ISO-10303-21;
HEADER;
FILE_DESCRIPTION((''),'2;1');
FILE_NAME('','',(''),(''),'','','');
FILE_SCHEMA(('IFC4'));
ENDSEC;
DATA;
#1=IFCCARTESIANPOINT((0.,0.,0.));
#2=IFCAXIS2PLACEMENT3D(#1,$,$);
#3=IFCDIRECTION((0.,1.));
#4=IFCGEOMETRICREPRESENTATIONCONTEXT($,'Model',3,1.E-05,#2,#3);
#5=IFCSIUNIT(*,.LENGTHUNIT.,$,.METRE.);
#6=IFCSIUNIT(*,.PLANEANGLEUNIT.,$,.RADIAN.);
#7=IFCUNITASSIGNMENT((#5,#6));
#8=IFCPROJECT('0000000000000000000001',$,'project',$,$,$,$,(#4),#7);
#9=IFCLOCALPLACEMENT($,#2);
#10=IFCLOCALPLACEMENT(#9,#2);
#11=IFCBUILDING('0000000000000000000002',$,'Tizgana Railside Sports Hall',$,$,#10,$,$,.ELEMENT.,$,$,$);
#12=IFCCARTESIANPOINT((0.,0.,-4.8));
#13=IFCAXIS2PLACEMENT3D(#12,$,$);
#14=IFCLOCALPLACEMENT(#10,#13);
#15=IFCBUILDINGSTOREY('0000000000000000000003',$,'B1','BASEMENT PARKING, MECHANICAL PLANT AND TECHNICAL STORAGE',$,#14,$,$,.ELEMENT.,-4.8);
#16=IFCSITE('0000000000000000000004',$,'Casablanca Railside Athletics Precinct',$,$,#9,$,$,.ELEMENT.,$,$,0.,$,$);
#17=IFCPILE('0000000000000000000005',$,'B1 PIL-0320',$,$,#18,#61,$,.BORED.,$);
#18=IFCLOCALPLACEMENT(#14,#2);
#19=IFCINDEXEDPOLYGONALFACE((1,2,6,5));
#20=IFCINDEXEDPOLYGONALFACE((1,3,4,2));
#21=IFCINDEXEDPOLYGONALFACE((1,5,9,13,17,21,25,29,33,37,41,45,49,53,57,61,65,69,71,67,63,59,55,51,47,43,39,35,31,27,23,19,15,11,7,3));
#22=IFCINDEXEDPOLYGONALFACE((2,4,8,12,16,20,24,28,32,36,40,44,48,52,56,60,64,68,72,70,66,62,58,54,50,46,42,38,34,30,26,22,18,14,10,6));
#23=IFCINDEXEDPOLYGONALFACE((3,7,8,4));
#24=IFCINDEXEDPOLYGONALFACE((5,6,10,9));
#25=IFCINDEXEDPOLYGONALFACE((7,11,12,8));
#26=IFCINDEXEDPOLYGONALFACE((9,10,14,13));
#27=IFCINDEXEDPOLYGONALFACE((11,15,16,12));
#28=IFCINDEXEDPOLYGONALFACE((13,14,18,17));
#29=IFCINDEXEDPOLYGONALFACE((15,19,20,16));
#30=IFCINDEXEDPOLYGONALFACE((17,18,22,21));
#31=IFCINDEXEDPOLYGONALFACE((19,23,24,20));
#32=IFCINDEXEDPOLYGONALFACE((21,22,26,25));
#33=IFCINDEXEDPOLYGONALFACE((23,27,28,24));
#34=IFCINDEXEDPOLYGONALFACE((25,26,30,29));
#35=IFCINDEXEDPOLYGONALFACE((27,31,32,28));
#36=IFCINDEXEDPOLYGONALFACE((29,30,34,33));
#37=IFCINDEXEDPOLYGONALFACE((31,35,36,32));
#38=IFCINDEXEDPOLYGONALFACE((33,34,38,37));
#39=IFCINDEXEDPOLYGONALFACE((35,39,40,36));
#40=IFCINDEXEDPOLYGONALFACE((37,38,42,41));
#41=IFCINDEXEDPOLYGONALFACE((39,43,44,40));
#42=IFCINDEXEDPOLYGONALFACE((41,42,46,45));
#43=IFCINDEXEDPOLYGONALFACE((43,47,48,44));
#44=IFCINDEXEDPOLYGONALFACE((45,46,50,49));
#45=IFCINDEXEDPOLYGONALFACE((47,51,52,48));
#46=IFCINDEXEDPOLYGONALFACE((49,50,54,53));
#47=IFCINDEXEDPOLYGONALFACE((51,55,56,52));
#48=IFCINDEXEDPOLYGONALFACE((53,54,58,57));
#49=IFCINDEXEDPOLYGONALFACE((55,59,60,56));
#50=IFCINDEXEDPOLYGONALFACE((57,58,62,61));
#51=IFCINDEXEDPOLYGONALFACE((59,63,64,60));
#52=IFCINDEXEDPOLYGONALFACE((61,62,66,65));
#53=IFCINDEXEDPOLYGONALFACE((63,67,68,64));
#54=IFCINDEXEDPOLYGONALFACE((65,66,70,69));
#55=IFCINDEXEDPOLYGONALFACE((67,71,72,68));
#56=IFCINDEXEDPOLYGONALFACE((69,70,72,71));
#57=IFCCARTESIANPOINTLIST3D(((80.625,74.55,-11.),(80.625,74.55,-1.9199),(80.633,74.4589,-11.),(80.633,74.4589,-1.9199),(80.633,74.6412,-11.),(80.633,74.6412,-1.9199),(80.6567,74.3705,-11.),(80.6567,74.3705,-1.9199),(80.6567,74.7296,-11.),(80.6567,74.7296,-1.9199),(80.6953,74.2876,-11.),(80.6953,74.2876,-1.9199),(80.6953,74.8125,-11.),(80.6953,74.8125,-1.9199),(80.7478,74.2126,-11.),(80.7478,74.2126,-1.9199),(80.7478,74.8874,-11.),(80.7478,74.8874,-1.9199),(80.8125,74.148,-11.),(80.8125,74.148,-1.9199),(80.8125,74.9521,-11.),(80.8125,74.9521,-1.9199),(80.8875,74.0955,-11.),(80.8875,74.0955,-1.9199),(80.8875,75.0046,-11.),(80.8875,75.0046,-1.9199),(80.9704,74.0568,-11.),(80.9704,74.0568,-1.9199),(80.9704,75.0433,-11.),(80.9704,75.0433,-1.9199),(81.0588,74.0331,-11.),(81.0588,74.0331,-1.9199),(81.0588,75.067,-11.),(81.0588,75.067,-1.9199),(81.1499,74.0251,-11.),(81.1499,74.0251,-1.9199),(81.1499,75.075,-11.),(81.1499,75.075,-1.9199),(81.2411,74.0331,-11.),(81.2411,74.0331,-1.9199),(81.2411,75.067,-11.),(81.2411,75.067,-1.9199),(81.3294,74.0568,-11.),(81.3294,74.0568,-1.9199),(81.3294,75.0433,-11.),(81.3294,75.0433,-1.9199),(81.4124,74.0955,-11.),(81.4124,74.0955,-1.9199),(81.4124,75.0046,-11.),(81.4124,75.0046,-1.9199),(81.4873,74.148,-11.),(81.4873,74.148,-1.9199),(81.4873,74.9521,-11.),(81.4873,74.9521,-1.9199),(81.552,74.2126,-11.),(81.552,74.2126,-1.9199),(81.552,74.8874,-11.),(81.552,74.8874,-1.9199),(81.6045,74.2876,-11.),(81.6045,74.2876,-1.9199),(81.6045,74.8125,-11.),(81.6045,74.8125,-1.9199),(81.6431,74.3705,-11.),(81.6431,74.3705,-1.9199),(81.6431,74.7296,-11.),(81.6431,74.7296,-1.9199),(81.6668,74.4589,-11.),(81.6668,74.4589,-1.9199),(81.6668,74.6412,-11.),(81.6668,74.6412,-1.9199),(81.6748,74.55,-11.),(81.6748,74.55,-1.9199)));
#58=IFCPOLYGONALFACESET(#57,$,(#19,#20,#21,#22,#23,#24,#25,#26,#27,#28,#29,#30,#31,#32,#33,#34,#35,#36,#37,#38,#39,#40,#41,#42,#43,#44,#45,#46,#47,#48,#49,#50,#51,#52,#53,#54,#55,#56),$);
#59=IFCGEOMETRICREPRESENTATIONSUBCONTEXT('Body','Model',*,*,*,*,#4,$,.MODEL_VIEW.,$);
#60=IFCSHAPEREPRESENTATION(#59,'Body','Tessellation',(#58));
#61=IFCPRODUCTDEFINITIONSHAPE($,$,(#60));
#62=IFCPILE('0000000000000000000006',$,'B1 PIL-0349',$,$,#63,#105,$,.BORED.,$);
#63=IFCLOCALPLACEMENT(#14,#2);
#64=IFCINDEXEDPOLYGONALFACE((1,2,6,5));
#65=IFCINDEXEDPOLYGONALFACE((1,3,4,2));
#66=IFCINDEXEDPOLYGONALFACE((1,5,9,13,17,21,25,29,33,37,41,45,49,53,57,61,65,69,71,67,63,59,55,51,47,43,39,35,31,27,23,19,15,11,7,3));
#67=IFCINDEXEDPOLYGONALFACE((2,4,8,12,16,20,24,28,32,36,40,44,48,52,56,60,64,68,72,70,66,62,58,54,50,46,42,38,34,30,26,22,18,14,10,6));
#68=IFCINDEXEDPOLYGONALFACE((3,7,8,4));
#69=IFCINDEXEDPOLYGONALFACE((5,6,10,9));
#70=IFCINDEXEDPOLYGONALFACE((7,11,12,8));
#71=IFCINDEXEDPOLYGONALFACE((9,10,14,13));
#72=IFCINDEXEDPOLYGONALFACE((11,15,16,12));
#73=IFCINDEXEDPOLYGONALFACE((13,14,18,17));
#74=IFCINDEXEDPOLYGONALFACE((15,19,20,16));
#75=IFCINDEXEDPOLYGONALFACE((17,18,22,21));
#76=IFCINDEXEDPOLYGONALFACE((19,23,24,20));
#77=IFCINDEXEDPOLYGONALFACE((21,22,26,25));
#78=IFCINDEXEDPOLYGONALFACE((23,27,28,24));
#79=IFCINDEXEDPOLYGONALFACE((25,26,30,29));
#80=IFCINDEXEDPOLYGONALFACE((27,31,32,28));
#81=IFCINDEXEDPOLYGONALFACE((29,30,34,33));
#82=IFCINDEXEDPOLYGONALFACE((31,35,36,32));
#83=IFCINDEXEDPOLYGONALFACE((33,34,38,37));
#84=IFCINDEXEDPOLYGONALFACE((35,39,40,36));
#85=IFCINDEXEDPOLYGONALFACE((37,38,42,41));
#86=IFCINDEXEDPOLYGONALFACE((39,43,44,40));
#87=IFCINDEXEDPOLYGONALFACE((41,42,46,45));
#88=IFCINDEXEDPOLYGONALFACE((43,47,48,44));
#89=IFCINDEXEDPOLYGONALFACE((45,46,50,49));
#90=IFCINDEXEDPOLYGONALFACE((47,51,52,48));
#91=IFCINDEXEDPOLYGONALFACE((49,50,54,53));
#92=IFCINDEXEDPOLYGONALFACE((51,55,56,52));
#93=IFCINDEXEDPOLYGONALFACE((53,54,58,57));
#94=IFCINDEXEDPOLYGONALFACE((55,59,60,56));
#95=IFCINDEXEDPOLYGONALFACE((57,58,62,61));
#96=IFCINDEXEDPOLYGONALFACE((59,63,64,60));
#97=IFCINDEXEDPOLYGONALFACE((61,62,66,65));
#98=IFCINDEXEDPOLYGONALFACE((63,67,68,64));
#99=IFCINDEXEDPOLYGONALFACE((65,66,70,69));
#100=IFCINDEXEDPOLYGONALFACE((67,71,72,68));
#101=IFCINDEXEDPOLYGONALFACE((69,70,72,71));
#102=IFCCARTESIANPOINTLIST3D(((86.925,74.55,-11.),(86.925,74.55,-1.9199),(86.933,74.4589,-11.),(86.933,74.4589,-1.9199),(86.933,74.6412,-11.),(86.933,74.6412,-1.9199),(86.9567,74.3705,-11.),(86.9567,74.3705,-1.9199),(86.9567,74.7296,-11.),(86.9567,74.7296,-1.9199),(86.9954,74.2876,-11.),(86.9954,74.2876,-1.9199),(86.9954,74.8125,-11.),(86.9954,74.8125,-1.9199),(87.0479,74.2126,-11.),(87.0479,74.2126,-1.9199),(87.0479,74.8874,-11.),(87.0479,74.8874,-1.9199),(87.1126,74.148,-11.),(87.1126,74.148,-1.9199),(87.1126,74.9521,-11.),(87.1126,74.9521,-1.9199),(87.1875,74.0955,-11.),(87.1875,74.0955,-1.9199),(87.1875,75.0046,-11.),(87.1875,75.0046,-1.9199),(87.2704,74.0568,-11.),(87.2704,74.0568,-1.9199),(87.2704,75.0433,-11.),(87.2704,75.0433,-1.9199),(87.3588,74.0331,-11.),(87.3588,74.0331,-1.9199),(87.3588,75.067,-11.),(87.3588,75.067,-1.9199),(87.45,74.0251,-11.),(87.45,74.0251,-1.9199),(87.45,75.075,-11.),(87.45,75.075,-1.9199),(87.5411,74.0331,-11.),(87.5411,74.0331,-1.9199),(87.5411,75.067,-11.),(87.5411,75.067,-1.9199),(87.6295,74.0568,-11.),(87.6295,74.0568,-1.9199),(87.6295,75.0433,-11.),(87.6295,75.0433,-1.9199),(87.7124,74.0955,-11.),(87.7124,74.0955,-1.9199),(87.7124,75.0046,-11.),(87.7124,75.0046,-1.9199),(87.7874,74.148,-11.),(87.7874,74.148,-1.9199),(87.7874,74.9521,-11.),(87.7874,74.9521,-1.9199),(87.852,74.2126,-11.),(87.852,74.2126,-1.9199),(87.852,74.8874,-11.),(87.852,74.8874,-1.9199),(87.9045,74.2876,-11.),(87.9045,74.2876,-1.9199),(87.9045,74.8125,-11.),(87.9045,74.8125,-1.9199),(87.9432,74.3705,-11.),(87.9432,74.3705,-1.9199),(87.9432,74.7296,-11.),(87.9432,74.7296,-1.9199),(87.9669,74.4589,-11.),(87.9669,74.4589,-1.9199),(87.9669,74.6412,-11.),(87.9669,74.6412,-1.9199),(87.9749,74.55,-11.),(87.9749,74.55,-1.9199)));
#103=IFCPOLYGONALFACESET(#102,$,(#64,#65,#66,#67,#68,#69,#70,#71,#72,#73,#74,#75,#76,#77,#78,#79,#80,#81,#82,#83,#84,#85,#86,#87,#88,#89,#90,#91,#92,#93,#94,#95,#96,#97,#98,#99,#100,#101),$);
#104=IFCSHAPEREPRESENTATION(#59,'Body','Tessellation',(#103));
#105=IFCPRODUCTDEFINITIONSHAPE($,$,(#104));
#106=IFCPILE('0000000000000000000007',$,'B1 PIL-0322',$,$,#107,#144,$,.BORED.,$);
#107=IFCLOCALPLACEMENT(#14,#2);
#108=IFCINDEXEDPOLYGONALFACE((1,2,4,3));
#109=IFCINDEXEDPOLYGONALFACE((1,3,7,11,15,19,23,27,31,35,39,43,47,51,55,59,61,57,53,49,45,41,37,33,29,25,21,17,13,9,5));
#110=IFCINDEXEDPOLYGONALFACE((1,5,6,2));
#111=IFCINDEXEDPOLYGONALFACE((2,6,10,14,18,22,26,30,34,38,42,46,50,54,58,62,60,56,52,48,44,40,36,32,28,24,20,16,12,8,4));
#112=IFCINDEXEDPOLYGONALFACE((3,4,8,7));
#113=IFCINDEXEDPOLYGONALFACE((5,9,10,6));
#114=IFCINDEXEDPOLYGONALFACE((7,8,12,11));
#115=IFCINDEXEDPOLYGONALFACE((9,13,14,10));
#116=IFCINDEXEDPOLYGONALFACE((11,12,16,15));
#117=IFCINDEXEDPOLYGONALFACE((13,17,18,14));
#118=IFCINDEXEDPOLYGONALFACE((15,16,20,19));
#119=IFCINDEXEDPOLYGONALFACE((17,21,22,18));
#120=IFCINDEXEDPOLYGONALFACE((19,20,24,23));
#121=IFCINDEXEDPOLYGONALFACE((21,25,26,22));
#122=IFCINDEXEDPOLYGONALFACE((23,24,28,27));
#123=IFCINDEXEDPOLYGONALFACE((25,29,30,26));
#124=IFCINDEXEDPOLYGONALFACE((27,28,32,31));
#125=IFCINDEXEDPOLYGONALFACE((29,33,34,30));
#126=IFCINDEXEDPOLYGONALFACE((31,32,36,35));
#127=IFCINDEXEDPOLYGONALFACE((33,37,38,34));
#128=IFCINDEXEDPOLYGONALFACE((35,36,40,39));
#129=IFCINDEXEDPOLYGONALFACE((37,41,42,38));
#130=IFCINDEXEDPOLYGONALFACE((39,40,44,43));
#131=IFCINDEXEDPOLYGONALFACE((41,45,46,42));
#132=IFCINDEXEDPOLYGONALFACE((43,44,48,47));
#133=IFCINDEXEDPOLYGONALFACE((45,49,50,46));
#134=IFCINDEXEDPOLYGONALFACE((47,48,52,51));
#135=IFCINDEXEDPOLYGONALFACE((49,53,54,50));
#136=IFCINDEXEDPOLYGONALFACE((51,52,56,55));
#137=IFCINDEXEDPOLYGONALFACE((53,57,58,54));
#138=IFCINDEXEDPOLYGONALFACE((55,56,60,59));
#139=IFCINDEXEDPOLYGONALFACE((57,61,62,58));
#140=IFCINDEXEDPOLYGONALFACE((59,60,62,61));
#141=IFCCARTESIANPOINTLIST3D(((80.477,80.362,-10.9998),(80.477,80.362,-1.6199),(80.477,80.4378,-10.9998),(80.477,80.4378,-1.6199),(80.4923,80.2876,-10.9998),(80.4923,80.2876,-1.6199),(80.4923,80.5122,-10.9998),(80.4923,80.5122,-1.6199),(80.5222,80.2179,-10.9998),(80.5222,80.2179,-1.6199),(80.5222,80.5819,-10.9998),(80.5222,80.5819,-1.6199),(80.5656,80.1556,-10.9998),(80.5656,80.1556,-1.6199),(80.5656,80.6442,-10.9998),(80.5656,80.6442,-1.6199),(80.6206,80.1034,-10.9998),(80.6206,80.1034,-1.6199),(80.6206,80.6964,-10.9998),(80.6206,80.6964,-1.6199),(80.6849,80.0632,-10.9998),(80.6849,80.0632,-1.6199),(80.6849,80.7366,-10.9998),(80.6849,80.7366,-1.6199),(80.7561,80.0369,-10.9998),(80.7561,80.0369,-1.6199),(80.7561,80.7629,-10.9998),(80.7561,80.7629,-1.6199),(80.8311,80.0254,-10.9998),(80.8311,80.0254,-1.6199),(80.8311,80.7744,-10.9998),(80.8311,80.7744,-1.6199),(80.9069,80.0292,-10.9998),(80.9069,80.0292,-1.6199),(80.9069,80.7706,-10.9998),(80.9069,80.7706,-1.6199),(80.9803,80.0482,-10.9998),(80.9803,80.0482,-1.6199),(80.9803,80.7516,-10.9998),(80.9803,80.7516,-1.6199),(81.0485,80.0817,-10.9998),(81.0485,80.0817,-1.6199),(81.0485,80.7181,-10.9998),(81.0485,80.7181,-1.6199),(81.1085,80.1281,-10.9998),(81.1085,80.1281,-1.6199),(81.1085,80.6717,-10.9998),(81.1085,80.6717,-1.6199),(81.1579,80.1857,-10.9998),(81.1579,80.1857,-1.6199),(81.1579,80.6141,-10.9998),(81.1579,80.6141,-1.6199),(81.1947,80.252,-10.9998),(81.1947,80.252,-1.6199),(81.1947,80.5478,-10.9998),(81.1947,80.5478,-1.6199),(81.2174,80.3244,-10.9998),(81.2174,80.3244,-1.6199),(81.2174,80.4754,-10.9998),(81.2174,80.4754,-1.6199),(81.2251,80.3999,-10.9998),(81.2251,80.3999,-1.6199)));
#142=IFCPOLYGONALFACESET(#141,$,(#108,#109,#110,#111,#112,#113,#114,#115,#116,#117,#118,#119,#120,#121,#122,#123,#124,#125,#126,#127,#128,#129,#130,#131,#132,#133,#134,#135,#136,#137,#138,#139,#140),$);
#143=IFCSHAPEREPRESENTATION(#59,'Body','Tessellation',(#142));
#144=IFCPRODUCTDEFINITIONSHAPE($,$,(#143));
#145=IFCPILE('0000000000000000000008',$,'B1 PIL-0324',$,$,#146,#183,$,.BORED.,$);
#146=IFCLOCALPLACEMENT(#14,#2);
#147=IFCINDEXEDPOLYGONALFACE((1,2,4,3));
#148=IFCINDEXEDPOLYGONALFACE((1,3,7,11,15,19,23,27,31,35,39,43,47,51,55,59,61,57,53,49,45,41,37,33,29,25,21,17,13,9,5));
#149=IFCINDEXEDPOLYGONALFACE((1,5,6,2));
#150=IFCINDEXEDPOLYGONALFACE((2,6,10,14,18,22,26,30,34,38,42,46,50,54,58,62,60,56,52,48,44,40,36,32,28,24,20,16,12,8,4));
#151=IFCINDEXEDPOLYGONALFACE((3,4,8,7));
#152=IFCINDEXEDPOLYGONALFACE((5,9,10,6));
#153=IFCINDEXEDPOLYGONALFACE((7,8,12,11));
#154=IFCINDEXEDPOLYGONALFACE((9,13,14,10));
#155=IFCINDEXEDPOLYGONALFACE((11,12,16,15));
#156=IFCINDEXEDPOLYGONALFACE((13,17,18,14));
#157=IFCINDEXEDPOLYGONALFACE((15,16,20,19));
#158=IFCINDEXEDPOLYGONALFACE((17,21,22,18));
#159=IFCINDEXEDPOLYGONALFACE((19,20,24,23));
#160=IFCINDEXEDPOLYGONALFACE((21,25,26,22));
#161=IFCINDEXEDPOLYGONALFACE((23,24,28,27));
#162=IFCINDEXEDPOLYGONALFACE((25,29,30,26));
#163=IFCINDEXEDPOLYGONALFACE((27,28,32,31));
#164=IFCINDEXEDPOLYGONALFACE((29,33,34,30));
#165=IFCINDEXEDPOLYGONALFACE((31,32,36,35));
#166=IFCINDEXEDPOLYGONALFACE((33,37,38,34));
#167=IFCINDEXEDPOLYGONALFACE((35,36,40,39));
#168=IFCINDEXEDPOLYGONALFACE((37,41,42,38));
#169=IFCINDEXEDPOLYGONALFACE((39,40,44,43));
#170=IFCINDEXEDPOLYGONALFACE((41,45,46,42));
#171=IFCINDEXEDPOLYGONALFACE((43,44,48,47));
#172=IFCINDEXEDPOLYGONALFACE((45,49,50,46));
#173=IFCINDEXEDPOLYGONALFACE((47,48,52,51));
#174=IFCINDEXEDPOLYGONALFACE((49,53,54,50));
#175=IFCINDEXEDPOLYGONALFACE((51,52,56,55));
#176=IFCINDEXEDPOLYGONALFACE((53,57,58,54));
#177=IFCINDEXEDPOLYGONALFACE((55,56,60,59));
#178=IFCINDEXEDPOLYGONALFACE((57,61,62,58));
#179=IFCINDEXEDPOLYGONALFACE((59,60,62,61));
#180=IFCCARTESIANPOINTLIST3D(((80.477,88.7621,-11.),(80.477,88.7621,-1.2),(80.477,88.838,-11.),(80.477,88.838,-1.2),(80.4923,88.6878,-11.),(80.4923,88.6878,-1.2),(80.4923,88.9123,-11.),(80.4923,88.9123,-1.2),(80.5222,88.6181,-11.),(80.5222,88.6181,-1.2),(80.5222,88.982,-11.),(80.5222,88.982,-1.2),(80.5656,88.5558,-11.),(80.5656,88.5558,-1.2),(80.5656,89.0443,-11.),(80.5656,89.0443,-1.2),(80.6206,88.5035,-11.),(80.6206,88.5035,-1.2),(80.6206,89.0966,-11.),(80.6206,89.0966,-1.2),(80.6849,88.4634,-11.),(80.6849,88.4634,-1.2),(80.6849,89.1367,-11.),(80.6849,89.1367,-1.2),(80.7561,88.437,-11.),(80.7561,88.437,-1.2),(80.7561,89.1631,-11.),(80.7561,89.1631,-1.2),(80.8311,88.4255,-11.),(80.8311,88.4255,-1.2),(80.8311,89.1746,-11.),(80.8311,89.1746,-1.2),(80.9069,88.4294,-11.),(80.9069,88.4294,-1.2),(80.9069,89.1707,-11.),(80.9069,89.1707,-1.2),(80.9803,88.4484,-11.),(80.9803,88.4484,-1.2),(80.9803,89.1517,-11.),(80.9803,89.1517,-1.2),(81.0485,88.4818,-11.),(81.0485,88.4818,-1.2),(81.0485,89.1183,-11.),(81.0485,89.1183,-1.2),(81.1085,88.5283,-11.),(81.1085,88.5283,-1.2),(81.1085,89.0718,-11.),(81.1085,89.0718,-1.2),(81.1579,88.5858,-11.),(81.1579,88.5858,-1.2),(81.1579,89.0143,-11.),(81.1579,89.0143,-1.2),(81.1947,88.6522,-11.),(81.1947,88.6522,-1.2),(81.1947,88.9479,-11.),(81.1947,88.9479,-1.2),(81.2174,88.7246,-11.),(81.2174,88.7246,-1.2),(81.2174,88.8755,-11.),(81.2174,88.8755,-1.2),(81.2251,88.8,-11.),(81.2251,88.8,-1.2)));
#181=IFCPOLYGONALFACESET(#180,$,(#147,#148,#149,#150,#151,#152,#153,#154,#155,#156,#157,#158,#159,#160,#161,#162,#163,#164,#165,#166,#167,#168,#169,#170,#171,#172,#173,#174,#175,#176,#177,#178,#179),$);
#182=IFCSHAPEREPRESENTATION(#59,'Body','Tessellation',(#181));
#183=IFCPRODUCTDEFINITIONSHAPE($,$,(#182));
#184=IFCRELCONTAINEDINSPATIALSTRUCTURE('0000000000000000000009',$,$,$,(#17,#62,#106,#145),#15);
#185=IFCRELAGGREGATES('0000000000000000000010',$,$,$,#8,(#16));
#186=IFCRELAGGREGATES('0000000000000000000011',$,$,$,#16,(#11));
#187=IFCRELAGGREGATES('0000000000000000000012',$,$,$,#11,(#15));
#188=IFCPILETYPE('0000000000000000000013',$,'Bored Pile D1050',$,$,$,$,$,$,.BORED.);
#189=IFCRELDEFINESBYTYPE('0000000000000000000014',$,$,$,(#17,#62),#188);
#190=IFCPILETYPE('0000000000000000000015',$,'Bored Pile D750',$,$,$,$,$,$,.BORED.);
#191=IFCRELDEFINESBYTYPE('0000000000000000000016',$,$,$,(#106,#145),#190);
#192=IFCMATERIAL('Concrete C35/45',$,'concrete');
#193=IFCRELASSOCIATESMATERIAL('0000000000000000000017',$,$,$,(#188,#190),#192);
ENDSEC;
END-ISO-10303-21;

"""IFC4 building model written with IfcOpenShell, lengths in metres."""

from ifc_helpers import new_model, si_unit, direction, frame, origin, origin_2d, place, context, subcontext, project, spatial, circle, extrude, material, material_profile, profile_set, type_object, element, save


model = new_model("IFC4")

# Units and contexts
model_context = context("Model", 3, precision=1e-05, world=origin(), true_north=direction((0.0, 1.0)))
body_context = subcontext(model_context, "Body", "Model", "MODEL_VIEW")
ifc_project = project(units=[si_unit("LENGTHUNIT", "METRE"), si_unit("PLANEANGLEUNIT", "RADIAN")], contexts=[model_context])

# Site, building, storey
site_placement = place(None, origin())
site = spatial("IfcSite", under=ifc_project, at=site_placement, Name="Casablanca Railside Athletics Precinct", CompositionType="ELEMENT", RefElevation=0.0)
building_placement = place(site_placement, origin())
building = spatial("IfcBuilding", under=site, at=building_placement, Name="Tizgana Railside Sports Hall", CompositionType="ELEMENT")
storey_placement = place(building_placement, frame((0.0, 0.0, -4.8)))
storey = spatial("IfcBuildingStorey", under=building, at=storey_placement, Name="B1", Description="BASEMENT PARKING, MECHANICAL PLANT AND TECHNICAL STORAGE", CompositionType="ELEMENT", Elevation=-4.8)

# Piles
ifc_material_1 = material(Name="Concrete C35/45", Category="concrete")
ifc_material_profile_1 = material_profile(ifc_material_1, circle(Radius=0.5249, at=origin_2d()), Name="PILE D1050")
ifc_profile_set_1 = profile_set([ifc_material_profile_1], Name="Concrete C35/45")
pile_type_1 = type_object("IfcPileType", Name="Bored Pile D1050", PredefinedType="BORED", material=ifc_profile_set_1)
for number, where, z_axis, x_axis, name in (
    (1, (81.1499, 74.55, -1.9199), (0.0, 0.0, -1.0), (1.0, 0.0, 0.0), "B1 PIL-0320"),
    (2, (87.45, 74.55, -1.9199), (0.0, 0.0, -1.0), (1.0, 0.0, 0.0), "B1 PIL-0349"),
):
    element("IfcPile", number, at=place(storey_placement, frame(where, z_axis=z_axis, x_axis=x_axis)), inside=storey, type_object=pile_type_1, Name=name, PredefinedType="BORED", context=body_context, shape_type="SweptSolid", body=[
        extrude(circle(Radius=0.5249, at=origin_2d()), origin(), (0.0, 0.0, 1.0), 9.0801),
    ])
ifc_material_profile_2 = material_profile(ifc_material_1, circle(Radius=0.375, at=origin_2d()), Name="PILE D750")
ifc_profile_set_2 = profile_set([ifc_material_profile_2], Name="Concrete C35/45")
pile_type_2 = type_object("IfcPileType", Name="Bored Pile D750", PredefinedType="BORED", material=ifc_profile_set_2)
pile_1_placement = place(storey_placement, frame((80.8501, 80.3999, -1.6199), z_axis=(0.0, 0.0, -1.0), x_axis=(1.0, 0.0, 0.0)))
element("IfcPile", 3, at=pile_1_placement, inside=storey, type_object=pile_type_2, Name="B1 PIL-0322", PredefinedType="BORED", context=body_context, shape_type="SweptSolid", body=[
    extrude(circle(Radius=0.375, at=origin_2d()), origin(), (0.0, 0.0, 1.0), 9.3799),
])
pile_2_placement = place(storey_placement, frame((80.8501, 88.8, -1.2), z_axis=(0.0, 0.0, -1.0), x_axis=(1.0, 0.0, 0.0)))
element("IfcPile", 4, at=pile_2_placement, inside=storey, type_object=pile_type_2, Name="B1 PIL-0324", PredefinedType="BORED", context=body_context, shape_type="SweptSolid", body=[
    extrude(circle(Radius=0.375, at=origin_2d()), origin(), (0.0, 0.0, 1.0), 9.8),
])

save(model, "model.ifc")
